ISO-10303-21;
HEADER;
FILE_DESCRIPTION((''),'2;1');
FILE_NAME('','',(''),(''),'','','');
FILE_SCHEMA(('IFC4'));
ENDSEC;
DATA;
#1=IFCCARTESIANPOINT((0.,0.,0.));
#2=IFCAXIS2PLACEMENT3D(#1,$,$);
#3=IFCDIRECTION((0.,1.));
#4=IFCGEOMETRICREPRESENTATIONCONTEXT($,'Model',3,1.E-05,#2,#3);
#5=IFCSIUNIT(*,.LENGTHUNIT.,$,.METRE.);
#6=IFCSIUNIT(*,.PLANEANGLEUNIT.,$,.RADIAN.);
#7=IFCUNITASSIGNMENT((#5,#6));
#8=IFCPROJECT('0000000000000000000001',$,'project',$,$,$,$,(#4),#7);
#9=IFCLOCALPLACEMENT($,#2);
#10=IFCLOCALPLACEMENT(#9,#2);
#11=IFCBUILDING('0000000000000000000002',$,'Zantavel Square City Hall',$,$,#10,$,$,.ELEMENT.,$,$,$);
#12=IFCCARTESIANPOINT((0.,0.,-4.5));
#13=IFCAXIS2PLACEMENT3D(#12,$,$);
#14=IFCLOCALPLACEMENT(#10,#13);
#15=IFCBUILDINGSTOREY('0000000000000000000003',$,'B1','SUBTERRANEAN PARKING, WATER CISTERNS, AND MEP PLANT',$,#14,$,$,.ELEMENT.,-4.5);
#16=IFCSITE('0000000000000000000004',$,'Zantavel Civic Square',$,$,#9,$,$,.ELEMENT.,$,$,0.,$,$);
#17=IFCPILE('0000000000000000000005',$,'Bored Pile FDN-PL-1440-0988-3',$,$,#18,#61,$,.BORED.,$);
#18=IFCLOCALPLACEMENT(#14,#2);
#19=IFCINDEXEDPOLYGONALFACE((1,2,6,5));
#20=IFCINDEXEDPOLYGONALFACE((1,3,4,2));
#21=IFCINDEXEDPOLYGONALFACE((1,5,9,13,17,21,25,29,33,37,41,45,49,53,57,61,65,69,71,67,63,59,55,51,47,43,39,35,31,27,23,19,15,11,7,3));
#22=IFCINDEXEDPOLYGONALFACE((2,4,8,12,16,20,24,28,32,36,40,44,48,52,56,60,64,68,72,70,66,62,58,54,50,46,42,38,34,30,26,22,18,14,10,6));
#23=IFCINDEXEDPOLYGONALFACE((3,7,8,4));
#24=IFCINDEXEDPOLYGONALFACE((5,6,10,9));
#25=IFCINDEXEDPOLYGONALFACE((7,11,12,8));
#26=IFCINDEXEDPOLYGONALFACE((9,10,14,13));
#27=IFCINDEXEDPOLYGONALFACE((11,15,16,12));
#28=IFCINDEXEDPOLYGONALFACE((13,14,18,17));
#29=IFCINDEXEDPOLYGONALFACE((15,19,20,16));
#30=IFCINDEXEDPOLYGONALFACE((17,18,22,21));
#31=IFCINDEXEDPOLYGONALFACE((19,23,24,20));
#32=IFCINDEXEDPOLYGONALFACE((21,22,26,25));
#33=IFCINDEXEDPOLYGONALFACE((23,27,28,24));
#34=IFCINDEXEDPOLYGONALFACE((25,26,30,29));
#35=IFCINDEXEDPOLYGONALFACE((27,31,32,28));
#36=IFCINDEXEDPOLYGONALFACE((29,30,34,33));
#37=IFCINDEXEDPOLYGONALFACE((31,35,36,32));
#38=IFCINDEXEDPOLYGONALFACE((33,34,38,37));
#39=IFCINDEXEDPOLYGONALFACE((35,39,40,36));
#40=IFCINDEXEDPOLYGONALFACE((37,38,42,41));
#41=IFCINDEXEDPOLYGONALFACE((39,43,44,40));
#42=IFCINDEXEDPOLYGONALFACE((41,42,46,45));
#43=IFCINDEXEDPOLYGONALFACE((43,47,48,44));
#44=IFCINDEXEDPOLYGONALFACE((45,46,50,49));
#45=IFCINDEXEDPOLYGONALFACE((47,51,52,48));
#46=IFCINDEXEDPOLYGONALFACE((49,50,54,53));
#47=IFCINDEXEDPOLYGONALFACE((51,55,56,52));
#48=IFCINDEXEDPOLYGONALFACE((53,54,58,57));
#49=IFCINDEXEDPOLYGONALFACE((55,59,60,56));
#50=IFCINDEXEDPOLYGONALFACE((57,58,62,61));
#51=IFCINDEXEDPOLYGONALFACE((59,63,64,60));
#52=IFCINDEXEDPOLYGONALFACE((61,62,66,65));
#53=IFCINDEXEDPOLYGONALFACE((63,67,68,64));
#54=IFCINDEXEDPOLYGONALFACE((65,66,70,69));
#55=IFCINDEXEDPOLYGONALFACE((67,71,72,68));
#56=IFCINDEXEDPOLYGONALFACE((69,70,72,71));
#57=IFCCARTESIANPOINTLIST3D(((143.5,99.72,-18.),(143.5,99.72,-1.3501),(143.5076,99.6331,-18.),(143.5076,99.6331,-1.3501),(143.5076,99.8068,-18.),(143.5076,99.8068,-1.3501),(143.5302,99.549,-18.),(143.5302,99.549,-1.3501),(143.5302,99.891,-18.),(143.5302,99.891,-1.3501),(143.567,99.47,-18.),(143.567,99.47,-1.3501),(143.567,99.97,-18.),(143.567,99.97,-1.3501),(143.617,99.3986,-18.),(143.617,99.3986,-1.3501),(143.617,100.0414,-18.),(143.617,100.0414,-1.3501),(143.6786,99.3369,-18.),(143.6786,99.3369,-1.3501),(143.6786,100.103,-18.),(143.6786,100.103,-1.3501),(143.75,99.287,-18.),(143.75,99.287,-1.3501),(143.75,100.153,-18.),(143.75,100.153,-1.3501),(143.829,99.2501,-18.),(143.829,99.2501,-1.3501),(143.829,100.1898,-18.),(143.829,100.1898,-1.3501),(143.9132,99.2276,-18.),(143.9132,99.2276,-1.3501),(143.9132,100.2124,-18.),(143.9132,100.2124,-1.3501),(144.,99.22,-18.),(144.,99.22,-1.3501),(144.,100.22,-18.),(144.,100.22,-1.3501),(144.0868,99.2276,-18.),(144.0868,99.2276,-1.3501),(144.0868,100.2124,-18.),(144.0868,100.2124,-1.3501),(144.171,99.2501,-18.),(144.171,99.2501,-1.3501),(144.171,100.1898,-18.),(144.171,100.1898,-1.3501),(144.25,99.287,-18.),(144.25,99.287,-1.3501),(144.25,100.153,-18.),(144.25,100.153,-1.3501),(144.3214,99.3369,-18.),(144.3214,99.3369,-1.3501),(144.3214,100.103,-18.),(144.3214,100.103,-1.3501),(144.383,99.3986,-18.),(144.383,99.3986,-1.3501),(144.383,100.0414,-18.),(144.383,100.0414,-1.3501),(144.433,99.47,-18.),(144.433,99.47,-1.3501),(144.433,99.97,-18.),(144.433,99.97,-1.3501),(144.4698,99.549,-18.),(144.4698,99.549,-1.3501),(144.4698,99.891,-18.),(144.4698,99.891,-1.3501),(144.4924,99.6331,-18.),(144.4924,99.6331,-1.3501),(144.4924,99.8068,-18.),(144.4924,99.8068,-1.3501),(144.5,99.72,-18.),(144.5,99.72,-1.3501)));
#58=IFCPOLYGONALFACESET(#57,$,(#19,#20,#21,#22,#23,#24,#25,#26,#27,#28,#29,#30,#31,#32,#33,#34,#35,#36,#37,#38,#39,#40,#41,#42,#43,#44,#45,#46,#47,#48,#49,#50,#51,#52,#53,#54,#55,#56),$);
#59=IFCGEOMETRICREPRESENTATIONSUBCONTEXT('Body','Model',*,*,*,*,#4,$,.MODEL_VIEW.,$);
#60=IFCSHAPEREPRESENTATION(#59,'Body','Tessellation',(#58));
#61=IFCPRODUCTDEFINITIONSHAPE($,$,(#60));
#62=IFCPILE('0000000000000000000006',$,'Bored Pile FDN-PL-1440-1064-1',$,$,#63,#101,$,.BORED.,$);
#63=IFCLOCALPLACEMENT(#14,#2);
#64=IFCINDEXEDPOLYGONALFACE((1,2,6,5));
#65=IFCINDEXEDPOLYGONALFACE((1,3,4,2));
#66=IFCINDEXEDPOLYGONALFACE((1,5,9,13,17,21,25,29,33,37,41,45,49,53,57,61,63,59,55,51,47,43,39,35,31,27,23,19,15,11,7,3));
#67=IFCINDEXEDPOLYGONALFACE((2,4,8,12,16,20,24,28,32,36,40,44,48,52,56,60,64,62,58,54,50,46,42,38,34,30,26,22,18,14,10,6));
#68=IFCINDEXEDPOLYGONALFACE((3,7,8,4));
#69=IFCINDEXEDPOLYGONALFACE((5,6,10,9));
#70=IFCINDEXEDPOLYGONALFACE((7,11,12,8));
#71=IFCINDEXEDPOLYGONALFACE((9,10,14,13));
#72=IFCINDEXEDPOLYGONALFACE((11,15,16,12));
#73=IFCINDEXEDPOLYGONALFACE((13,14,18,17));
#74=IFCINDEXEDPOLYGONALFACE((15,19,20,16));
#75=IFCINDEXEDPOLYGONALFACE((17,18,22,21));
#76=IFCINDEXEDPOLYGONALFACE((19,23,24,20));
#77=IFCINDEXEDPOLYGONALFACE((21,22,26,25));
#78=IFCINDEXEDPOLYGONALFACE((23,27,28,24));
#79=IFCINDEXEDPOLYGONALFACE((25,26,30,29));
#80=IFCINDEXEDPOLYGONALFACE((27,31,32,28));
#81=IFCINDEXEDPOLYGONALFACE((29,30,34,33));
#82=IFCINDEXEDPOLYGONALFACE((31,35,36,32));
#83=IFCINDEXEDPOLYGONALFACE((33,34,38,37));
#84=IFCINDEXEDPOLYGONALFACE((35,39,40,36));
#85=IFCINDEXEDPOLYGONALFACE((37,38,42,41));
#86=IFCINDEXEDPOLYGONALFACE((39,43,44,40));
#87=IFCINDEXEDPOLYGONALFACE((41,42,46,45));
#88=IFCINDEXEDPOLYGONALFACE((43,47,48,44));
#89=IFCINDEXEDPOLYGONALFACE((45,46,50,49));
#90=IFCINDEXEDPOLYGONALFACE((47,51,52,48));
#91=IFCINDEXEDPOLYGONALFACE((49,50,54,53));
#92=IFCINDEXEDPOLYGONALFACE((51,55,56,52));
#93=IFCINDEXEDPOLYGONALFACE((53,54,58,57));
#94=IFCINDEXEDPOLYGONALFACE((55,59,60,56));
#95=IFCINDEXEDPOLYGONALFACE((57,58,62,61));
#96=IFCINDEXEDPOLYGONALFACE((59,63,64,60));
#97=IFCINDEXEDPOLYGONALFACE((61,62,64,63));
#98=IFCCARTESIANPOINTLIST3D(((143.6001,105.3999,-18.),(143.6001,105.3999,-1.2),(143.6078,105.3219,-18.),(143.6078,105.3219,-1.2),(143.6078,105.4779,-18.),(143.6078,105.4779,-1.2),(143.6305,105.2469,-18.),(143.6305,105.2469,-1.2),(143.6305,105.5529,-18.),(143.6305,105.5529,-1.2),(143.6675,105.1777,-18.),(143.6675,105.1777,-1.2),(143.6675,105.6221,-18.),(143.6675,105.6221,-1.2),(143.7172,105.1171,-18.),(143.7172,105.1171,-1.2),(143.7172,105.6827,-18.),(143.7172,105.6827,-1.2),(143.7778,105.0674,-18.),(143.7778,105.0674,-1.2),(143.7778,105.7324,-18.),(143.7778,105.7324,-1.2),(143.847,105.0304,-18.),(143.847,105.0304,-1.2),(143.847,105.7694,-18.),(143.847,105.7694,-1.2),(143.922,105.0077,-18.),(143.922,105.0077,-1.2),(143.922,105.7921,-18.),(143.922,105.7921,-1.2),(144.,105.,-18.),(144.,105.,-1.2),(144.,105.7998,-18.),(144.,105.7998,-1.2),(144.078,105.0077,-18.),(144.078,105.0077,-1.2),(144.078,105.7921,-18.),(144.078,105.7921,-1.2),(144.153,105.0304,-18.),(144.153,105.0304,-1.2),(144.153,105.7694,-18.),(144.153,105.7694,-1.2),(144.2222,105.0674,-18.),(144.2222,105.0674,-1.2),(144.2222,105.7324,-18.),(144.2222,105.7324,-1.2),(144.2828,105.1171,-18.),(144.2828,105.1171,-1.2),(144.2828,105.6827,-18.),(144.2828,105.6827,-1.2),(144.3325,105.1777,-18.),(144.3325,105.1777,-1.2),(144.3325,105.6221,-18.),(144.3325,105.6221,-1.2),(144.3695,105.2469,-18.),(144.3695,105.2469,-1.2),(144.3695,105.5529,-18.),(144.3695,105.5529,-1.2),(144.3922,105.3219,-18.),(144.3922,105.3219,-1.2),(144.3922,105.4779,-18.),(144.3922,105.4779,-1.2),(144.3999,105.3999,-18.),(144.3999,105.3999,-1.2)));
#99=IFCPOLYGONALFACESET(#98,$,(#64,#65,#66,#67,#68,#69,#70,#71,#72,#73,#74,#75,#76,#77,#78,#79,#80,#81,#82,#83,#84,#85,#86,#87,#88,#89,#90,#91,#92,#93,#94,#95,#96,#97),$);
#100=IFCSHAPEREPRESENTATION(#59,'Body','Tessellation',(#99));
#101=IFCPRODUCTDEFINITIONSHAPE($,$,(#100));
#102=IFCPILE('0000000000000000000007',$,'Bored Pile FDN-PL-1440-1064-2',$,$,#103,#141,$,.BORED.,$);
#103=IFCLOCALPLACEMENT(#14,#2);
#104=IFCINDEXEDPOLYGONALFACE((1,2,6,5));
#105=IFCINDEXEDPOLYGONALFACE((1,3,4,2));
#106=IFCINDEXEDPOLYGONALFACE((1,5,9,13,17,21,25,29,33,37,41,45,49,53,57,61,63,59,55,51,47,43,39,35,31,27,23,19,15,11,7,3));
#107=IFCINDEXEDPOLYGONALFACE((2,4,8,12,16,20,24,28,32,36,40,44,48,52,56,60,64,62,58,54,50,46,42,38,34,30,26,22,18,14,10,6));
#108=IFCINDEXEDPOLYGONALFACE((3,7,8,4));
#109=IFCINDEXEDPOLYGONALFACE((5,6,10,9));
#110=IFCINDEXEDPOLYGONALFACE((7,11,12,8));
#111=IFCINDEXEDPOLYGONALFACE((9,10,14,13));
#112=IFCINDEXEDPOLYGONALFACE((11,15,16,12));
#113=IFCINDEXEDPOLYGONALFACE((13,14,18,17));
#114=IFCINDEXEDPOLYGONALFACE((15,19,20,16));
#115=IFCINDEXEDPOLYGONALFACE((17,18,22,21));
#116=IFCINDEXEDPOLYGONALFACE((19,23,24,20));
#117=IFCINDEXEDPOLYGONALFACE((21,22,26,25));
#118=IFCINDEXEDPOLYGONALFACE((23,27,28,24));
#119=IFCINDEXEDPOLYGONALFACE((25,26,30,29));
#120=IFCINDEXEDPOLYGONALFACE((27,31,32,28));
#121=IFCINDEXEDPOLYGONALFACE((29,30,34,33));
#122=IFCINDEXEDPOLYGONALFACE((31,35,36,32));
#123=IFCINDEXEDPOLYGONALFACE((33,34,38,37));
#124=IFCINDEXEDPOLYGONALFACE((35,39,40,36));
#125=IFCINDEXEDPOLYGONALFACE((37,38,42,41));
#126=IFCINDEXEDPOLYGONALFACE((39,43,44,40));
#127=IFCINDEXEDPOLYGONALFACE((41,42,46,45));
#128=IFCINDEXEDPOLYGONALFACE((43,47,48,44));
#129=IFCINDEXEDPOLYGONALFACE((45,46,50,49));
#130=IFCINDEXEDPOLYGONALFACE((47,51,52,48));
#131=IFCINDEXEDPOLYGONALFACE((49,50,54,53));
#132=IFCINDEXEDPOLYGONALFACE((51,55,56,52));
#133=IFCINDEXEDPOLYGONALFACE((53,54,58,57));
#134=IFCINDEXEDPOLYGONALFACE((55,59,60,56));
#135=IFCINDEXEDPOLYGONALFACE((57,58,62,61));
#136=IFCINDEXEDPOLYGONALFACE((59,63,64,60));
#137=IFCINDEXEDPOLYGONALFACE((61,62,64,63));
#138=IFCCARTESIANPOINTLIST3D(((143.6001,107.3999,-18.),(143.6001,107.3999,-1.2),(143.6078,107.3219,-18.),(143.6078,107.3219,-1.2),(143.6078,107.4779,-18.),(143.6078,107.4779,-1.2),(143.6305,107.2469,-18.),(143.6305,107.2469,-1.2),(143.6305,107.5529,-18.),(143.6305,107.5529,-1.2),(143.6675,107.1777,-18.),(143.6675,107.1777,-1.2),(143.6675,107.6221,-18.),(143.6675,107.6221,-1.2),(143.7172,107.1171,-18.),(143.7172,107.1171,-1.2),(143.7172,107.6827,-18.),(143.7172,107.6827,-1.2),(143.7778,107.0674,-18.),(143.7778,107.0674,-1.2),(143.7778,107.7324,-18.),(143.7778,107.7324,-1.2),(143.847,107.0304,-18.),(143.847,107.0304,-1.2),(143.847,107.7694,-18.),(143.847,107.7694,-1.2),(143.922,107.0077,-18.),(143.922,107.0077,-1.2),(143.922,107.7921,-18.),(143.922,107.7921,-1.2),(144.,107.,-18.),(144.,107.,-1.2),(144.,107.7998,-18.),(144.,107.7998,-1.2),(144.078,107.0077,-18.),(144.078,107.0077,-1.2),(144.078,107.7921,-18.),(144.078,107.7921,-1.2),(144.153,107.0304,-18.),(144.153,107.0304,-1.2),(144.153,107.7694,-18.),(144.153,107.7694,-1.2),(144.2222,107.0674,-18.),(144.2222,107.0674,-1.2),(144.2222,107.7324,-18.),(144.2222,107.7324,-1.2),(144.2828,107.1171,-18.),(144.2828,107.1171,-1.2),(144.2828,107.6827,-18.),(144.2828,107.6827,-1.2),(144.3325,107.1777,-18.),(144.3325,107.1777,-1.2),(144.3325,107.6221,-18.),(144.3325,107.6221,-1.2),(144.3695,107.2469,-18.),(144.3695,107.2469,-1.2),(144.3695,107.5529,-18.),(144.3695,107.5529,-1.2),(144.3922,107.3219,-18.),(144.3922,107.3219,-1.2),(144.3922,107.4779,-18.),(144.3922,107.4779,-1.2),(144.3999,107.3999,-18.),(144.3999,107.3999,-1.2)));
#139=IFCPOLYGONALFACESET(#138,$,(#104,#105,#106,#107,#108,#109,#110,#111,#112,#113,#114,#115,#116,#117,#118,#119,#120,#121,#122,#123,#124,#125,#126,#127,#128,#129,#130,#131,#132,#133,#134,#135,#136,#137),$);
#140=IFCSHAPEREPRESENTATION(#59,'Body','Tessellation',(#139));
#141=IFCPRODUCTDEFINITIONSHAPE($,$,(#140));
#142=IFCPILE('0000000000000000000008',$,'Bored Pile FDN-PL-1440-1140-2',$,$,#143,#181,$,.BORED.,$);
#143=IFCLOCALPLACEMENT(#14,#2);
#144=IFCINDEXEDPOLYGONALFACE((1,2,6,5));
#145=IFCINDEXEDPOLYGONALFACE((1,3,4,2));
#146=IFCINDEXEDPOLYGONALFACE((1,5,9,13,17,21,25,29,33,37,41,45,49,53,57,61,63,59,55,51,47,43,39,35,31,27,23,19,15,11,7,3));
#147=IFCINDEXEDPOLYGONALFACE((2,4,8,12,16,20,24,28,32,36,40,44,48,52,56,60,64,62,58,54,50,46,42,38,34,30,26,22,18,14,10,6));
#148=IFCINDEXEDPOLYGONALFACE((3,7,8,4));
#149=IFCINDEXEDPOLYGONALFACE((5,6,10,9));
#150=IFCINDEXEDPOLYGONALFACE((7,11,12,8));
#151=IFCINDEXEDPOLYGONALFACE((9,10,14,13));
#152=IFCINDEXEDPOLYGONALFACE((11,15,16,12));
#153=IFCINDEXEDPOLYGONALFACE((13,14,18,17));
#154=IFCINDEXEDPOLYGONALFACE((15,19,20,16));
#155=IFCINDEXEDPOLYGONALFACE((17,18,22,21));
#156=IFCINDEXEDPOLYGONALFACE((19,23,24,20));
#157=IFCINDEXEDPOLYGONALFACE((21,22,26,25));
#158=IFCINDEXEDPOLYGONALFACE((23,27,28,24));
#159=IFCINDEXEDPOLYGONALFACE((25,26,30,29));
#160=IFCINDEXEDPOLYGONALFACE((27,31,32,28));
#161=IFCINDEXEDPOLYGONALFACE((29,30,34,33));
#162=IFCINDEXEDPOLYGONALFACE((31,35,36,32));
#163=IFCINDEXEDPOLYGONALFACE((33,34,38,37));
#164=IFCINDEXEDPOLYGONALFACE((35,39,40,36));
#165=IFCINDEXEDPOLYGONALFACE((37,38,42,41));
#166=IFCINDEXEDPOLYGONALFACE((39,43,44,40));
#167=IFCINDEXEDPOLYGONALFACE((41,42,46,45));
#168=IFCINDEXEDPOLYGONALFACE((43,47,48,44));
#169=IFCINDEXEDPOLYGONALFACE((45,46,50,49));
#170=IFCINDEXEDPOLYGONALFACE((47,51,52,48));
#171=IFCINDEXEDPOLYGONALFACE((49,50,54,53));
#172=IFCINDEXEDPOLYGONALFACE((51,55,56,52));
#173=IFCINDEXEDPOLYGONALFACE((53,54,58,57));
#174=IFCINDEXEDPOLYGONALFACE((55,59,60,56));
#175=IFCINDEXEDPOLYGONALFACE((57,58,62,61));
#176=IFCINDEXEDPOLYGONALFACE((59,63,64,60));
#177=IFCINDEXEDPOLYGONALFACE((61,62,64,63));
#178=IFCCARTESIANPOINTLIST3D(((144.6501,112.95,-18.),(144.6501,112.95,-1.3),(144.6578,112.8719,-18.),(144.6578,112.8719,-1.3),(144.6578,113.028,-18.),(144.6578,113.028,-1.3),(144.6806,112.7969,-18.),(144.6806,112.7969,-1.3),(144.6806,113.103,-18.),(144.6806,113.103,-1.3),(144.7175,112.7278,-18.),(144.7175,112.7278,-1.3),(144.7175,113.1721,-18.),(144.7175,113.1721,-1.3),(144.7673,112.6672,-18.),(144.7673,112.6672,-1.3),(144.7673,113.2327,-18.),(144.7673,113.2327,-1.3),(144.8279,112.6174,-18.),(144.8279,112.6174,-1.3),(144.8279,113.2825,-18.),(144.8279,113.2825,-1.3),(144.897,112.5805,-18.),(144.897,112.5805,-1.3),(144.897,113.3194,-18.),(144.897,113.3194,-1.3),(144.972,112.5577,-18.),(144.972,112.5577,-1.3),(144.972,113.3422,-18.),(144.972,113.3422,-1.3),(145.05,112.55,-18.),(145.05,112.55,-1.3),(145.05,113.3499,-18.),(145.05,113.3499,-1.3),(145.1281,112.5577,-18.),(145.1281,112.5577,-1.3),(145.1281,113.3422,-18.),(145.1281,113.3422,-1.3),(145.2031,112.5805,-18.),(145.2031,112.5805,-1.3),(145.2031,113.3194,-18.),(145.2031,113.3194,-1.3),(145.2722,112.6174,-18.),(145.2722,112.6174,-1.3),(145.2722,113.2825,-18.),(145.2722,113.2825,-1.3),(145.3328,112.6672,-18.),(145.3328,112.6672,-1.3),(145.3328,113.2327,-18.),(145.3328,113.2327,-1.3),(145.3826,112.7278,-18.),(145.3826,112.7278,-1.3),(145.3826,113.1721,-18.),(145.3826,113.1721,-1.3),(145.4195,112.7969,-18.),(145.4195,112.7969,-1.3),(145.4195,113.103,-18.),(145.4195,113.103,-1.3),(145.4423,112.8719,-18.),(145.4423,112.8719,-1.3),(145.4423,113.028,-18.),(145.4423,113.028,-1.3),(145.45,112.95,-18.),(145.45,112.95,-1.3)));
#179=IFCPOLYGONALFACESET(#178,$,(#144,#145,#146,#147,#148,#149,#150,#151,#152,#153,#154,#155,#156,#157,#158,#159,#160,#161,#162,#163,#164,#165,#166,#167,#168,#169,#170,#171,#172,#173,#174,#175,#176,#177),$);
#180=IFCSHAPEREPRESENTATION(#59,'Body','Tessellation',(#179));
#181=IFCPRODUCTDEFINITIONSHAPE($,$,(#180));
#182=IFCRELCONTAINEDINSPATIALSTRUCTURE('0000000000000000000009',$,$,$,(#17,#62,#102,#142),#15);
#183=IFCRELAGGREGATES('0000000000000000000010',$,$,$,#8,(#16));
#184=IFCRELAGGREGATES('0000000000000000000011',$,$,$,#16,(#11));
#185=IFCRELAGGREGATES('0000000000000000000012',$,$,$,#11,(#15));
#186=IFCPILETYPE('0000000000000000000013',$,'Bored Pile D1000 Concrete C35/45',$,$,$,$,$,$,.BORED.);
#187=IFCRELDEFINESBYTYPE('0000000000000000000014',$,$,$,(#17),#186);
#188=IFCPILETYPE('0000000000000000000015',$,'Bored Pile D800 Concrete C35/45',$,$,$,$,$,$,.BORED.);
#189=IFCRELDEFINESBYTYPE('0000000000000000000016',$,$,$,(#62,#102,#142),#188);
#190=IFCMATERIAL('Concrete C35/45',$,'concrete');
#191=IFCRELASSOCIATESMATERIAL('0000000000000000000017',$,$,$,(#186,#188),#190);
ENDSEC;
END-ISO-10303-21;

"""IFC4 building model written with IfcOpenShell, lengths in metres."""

from ifc_helpers import new_model, si_unit, direction, frame, origin, origin_2d, place, context, subcontext, project, spatial, circle, extrude, material, material_profile, profile_set, type_object, element, save


model = new_model("IFC4")

# Units and contexts
model_context = context("Model", 3, precision=1e-05, world=origin(), true_north=direction((0.0, 1.0)))
body_context = subcontext(model_context, "Body", "Model", "MODEL_VIEW")
ifc_project = project(units=[si_unit("LENGTHUNIT", "METRE"), si_unit("PLANEANGLEUNIT", "RADIAN")], contexts=[model_context])

# Site, building, storey
site_placement = place(None, origin())
site = spatial("IfcSite", under=ifc_project, at=site_placement, Name="Zantavel Civic Square", CompositionType="ELEMENT", RefElevation=0.0)
building_placement = place(site_placement, origin())
building = spatial("IfcBuilding", under=site, at=building_placement, Name="Zantavel Square City Hall", CompositionType="ELEMENT")
storey_placement = place(building_placement, frame((0.0, 0.0, -4.5)))
storey = spatial("IfcBuildingStorey", under=building, at=storey_placement, Name="B1", Description="SUBTERRANEAN PARKING, WATER CISTERNS, AND MEP PLANT", CompositionType="ELEMENT", Elevation=-4.5)

# Piles
ifc_material_1 = material(Name="Concrete C35/45", Category="concrete")
ifc_material_profile_1 = material_profile(ifc_material_1, circle(Radius=0.5, at=origin_2d()), Name="PILE D1000")
ifc_profile_set_1 = profile_set([ifc_material_profile_1], Name="Concrete C35/45")
pile_type_1 = type_object("IfcPileType", Name="Bored Pile D1000 Concrete C35/45", PredefinedType="BORED", material=ifc_profile_set_1)
pile_placement = place(storey_placement, frame((144.0, 99.72, -1.3501), z_axis=(0.0, 0.0, -1.0), x_axis=(1.0, 0.0, 0.0)))
element("IfcPile", 1, at=pile_placement, inside=storey, type_object=pile_type_1, Name="Bored Pile FDN-PL-1440-0988-3", PredefinedType="BORED", context=body_context, shape_type="SweptSolid", body=[
    extrude(circle(Radius=0.5, at=origin_2d()), origin(), (0.0, 0.0, 1.0), 16.6499),
])
ifc_material_profile_2 = material_profile(ifc_material_1, circle(Radius=0.3999, at=origin_2d()), Name="PILE D800")
ifc_profile_set_2 = profile_set([ifc_material_profile_2], Name="Concrete C35/45")
pile_type_2 = type_object("IfcPileType", Name="Bored Pile D800 Concrete C35/45", PredefinedType="BORED", material=ifc_profile_set_2)
for number, where, z_axis, x_axis, name in (
    (2, (144.0, 105.3999, -1.2), (0.0, 0.0, -1.0), (1.0, 0.0, 0.0), "Bored Pile FDN-PL-1440-1064-1"),
    (3, (144.0, 107.3999, -1.2), (0.0, 0.0, -1.0), (1.0, 0.0, 0.0), "Bored Pile FDN-PL-1440-1064-2"),
):
    element("IfcPile", number, at=place(storey_placement, frame(where, z_axis=z_axis, x_axis=x_axis)), inside=storey, type_object=pile_type_2, Name=name, PredefinedType="BORED", context=body_context, shape_type="SweptSolid", body=[
        extrude(circle(Radius=0.3999, at=origin_2d()), origin(), (0.0, 0.0, 1.0), 16.8),
    ])
for number, where, z_axis, x_axis, name in (
    (4, (145.05, 112.95, -1.3), (0.0, 0.0, -1.0), (1.0, 0.0, 0.0), "Bored Pile FDN-PL-1440-1140-2"),
):
    element("IfcPile", number, at=place(storey_placement, frame(where, z_axis=z_axis, x_axis=x_axis)), inside=storey, type_object=pile_type_2, Name=name, PredefinedType="BORED", context=body_context, shape_type="SweptSolid", body=[
        extrude(circle(Radius=0.3999, at=origin_2d()), origin(), (0.0, 0.0, 1.0), 16.7),
    ])

save(model, "model.ifc")
